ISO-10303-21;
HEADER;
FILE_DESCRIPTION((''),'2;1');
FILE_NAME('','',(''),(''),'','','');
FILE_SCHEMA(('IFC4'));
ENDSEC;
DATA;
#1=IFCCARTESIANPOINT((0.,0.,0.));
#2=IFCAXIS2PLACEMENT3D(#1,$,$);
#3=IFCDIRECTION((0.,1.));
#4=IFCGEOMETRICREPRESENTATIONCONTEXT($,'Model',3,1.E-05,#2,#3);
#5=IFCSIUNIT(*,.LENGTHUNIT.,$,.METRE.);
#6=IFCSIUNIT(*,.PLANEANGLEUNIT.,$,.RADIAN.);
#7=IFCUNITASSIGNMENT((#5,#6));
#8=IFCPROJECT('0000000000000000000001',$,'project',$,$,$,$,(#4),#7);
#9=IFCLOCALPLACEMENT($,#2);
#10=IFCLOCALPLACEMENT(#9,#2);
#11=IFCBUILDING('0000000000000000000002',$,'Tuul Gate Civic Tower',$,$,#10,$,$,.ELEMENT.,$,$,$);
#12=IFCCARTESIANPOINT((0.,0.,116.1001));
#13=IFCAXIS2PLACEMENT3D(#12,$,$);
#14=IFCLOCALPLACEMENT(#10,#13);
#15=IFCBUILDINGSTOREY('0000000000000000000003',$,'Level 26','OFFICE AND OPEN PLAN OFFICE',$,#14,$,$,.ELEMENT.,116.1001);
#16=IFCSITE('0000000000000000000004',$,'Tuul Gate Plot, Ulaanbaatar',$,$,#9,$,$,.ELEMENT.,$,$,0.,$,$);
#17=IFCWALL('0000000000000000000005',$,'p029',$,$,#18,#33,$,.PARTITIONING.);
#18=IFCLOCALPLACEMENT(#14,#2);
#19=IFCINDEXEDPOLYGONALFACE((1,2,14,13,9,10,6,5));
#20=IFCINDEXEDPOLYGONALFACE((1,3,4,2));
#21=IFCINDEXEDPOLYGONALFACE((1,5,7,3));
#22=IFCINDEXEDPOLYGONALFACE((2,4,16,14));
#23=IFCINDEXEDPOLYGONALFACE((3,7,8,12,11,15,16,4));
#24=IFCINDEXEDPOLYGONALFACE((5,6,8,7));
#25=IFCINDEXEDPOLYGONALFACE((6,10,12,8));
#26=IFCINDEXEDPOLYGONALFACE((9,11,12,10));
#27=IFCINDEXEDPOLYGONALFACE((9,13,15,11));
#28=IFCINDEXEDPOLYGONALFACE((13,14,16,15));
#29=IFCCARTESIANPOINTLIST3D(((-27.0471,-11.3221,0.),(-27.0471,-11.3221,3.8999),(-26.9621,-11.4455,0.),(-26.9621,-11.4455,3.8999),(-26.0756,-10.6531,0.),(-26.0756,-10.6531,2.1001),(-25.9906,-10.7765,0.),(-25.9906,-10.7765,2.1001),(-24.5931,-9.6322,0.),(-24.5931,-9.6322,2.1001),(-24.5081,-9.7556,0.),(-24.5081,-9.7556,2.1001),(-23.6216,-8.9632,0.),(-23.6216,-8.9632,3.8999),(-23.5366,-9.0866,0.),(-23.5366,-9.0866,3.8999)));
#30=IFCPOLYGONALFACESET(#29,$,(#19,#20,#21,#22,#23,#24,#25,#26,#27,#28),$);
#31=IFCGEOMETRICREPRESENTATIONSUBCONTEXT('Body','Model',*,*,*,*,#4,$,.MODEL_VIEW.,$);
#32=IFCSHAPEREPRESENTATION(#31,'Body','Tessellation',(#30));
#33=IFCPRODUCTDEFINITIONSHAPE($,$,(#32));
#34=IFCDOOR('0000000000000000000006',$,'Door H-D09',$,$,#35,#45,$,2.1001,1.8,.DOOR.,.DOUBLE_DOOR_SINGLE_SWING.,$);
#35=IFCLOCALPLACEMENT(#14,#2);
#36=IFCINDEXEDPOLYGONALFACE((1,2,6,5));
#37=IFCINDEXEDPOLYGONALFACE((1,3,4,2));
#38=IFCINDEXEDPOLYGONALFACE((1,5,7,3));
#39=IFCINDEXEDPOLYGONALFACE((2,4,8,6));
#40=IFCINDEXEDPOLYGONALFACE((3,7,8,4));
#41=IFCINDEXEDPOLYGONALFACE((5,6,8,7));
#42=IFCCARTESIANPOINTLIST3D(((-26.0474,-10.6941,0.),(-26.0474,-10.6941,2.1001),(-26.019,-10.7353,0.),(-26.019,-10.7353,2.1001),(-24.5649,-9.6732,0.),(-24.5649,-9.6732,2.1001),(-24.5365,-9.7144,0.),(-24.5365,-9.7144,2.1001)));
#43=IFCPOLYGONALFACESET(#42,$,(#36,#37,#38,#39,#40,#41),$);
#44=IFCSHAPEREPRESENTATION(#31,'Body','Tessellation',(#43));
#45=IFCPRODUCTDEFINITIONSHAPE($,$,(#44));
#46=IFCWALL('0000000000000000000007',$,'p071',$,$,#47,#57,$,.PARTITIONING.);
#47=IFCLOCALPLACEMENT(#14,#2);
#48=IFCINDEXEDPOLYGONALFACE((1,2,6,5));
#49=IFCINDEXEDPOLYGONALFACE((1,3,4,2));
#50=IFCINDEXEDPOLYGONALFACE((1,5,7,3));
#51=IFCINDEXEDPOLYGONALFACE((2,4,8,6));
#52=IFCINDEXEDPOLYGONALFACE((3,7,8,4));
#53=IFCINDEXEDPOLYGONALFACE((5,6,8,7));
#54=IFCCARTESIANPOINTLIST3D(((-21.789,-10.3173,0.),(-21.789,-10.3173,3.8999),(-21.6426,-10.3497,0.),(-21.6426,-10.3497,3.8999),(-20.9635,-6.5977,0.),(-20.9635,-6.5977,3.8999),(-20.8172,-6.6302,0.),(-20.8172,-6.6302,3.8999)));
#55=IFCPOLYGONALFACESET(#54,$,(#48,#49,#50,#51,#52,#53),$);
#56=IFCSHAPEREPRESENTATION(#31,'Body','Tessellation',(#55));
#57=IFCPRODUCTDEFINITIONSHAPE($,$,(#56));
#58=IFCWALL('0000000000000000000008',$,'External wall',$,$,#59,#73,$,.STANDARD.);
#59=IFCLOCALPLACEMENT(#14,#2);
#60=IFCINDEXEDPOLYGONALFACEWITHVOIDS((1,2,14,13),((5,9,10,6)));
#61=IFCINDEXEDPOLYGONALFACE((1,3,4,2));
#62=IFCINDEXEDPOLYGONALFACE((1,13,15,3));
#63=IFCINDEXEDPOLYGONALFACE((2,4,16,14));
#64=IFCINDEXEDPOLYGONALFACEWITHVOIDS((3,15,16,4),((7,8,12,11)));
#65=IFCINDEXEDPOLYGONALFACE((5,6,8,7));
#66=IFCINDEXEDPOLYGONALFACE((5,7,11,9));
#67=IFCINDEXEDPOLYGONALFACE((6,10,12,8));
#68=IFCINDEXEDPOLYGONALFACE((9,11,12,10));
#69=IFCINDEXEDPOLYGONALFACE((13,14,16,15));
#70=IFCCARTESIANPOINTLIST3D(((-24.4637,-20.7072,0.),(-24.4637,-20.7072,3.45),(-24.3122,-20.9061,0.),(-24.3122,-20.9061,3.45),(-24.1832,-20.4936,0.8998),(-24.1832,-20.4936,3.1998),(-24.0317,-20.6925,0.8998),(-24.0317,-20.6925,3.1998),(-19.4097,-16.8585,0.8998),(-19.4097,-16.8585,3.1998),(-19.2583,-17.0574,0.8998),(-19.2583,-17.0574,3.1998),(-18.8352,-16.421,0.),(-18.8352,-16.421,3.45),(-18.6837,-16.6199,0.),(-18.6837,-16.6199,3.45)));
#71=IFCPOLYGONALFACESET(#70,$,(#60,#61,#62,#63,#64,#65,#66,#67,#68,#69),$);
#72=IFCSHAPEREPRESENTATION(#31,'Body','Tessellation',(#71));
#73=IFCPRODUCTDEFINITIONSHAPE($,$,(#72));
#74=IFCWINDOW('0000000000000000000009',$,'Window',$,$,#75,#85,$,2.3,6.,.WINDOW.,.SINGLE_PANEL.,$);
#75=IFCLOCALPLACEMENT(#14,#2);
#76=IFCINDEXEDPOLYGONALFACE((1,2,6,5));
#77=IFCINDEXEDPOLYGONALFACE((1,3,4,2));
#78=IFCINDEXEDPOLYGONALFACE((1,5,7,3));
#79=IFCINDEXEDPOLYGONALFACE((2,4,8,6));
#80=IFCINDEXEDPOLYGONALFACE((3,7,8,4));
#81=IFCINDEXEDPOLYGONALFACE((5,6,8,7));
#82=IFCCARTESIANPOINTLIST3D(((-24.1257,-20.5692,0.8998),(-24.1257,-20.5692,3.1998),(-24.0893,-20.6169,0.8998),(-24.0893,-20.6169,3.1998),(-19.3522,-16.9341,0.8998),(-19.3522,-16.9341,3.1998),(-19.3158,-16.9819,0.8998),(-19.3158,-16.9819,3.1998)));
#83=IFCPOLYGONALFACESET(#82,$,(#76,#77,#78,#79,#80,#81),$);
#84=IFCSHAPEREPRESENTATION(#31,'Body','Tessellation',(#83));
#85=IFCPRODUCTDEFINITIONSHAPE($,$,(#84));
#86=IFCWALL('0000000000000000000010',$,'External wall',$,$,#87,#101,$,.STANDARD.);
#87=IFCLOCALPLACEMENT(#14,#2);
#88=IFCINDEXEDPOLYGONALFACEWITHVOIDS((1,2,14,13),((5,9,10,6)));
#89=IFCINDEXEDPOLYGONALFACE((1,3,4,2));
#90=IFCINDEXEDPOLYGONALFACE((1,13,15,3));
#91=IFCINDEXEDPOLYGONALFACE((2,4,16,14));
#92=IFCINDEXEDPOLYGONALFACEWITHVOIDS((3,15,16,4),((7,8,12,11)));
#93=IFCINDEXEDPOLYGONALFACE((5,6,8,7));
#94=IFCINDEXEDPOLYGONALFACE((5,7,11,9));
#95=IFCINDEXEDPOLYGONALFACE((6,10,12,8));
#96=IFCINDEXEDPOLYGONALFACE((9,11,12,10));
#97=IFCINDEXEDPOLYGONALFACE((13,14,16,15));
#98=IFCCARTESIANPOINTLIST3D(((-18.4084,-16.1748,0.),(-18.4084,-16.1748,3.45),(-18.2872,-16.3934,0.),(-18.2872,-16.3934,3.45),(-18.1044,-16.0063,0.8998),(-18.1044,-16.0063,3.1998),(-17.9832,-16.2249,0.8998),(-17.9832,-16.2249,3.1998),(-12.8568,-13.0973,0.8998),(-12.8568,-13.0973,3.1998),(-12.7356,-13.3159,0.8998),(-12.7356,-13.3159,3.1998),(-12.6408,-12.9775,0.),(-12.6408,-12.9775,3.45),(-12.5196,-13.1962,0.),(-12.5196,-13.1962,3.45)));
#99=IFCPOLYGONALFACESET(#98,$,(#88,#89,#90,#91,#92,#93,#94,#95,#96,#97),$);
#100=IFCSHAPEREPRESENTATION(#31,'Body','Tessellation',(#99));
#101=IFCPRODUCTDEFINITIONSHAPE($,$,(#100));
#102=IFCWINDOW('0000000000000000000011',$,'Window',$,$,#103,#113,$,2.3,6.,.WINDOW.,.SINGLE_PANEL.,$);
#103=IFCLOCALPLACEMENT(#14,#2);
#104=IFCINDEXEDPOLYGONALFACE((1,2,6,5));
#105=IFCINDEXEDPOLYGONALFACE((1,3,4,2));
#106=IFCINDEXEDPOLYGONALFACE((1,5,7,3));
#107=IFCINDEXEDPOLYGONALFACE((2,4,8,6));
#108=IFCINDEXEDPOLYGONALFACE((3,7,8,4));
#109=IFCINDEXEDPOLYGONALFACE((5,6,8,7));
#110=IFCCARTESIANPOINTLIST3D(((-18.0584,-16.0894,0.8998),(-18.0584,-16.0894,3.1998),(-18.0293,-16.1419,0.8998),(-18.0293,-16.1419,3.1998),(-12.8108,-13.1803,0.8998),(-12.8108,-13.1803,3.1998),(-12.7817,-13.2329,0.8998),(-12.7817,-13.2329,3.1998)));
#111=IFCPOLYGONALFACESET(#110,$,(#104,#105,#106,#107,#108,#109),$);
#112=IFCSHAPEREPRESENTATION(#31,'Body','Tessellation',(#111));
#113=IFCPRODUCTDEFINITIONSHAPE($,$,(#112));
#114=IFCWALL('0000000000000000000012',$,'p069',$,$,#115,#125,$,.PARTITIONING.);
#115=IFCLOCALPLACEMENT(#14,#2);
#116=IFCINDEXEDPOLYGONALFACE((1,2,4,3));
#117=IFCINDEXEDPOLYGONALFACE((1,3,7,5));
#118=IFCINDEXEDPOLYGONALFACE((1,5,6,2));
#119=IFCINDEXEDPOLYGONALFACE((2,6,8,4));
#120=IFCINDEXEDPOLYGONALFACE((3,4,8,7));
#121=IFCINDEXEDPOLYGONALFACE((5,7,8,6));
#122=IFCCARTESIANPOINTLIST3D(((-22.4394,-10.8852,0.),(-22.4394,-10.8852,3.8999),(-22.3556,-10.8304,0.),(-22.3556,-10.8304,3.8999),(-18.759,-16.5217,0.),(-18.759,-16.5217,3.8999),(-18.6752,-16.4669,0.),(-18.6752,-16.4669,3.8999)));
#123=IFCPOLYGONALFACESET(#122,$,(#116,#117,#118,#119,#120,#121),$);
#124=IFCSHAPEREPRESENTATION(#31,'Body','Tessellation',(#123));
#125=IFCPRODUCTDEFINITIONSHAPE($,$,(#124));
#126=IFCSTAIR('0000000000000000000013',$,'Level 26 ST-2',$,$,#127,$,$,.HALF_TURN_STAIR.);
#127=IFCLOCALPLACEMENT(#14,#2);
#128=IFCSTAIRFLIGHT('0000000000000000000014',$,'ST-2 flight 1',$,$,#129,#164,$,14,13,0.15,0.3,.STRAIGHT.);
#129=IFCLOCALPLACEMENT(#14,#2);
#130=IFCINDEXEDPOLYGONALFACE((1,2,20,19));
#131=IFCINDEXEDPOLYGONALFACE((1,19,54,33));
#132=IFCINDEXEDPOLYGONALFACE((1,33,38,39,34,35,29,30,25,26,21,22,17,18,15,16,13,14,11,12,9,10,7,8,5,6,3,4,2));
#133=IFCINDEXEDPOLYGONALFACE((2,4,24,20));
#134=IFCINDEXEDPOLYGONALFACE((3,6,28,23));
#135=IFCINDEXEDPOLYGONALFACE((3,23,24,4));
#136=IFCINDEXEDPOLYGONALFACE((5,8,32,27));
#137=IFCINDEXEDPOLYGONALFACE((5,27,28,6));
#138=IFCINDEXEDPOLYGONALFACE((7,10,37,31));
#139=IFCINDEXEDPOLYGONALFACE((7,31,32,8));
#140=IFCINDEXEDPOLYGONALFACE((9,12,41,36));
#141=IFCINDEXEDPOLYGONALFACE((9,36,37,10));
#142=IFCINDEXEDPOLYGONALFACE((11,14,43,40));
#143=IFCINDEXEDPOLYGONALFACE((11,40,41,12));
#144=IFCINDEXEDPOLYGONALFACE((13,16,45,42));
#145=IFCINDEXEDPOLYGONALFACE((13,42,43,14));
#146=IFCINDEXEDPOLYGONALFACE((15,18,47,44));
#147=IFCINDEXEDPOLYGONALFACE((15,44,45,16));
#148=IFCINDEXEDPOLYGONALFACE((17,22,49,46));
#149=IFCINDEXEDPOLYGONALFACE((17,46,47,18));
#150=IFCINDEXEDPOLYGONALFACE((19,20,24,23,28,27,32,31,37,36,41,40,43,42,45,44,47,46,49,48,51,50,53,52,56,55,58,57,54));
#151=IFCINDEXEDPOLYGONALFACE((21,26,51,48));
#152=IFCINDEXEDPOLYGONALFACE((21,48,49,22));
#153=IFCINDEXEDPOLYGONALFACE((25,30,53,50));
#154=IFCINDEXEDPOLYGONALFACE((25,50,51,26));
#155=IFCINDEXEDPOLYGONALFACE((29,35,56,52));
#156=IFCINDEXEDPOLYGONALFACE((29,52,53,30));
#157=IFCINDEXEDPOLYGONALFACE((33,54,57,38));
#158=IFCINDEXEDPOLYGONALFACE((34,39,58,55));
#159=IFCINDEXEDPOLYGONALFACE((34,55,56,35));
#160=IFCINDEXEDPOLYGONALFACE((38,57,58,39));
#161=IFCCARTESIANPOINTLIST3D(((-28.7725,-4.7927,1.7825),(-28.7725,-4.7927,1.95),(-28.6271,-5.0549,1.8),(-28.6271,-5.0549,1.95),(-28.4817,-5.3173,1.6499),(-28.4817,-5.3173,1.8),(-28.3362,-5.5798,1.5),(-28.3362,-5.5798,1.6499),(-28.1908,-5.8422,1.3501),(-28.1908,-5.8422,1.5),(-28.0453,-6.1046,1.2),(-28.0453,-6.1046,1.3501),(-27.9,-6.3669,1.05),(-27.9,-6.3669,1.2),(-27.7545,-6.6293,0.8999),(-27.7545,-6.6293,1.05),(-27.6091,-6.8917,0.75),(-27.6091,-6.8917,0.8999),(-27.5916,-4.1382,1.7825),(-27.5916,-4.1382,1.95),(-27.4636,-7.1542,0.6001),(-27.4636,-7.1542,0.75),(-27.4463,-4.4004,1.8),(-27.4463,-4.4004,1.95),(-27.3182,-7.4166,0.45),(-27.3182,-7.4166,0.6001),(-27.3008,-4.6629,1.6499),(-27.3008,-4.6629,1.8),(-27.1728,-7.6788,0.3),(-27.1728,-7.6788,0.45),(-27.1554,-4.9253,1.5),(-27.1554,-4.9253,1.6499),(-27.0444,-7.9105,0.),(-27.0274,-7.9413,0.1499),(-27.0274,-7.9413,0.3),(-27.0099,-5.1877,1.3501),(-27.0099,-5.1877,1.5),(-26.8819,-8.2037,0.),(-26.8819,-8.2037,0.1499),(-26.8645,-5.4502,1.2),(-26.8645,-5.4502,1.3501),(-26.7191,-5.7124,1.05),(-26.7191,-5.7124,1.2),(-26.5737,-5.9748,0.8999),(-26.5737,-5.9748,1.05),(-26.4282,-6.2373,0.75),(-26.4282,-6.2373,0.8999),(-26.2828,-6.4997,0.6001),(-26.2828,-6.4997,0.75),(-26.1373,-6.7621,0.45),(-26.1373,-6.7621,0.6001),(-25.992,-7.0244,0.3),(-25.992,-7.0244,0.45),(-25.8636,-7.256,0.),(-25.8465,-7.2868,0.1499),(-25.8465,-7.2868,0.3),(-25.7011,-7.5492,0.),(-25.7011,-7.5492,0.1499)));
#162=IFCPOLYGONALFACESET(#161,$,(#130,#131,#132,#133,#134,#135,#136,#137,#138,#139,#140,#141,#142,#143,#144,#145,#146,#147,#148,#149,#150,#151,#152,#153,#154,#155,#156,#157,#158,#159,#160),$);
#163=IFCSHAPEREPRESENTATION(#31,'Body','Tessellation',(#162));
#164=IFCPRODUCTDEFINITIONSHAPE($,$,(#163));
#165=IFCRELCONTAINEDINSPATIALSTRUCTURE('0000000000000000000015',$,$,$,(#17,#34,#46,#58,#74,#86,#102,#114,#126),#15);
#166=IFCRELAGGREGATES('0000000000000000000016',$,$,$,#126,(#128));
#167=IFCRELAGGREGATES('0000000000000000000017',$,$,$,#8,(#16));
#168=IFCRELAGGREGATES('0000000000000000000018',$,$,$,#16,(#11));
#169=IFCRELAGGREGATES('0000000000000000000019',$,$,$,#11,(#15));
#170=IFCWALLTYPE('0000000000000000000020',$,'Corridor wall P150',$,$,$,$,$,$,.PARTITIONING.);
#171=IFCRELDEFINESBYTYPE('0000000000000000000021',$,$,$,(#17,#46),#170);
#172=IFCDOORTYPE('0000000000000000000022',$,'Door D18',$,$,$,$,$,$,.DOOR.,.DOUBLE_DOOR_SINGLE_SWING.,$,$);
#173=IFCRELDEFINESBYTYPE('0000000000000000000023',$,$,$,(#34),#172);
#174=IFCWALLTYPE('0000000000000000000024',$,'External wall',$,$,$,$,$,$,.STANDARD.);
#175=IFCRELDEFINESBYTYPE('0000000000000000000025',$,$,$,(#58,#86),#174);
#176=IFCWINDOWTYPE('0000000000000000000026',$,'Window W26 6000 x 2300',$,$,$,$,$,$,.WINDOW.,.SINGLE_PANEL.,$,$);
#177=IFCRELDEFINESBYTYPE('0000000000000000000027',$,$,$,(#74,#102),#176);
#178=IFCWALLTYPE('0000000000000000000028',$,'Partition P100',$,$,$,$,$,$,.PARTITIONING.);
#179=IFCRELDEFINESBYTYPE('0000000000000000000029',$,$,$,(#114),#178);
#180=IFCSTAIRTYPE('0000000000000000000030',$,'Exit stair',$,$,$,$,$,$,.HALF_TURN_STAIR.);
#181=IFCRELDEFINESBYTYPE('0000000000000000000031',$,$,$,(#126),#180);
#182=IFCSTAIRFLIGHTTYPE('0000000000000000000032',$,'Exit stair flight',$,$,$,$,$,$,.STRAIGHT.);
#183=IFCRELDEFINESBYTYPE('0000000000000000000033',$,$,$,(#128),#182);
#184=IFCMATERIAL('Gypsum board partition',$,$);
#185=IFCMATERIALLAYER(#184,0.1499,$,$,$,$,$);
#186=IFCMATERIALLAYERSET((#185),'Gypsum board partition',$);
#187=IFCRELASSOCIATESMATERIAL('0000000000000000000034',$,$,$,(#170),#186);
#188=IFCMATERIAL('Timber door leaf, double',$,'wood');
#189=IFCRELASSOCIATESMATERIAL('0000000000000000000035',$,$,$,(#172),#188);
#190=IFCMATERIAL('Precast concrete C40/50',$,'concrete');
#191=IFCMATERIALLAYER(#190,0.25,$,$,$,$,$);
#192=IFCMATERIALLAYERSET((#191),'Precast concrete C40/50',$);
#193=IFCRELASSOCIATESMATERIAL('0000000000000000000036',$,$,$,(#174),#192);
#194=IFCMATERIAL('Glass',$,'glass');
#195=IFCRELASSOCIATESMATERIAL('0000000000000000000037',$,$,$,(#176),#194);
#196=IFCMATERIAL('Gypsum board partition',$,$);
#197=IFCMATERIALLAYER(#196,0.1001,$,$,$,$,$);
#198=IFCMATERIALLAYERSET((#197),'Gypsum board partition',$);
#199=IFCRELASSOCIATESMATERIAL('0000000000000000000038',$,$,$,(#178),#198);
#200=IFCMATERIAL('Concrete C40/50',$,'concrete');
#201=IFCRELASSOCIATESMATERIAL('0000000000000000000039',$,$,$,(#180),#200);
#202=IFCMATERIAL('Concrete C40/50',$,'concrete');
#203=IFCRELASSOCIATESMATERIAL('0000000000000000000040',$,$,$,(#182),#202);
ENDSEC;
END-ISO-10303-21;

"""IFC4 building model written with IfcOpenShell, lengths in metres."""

from ifc_helpers import new_model, si_unit, direction, frame, frame_2d, origin, place, context, subcontext, project, spatial, polyline, rectangle, outline, extrude, material, layer, layer_set, type_object, element, fill, aggregate, save


model = new_model("IFC4")

# Units and contexts
model_context = context("Model", 3, precision=1e-05, world=origin(), true_north=direction((0.0, 1.0)))
body_context = subcontext(model_context, "Body", "Model", "MODEL_VIEW")
ifc_project = project(units=[si_unit("LENGTHUNIT", "METRE"), si_unit("PLANEANGLEUNIT", "RADIAN")], contexts=[model_context])

# Site, building, storey
site_placement = place(None, origin())
site = spatial("IfcSite", under=ifc_project, at=site_placement, Name="Tuul Gate Plot, Ulaanbaatar", CompositionType="ELEMENT", RefElevation=0.0)
building_placement = place(site_placement, origin())
building = spatial("IfcBuilding", under=site, at=building_placement, Name="Tuul Gate Civic Tower", CompositionType="ELEMENT")
storey_placement = place(building_placement, frame((0.0, 0.0, 116.1001)))
storey = spatial("IfcBuildingStorey", under=building, at=storey_placement, Name="Level 26", Description="OFFICE AND OPEN PLAN OFFICE", CompositionType="ELEMENT", Elevation=116.1001)

# Shared definitions
ifc_material_1 = material(Name="Gypsum board partition")
ifc_layer_1 = layer(ifc_material_1, 0.1499)
ifc_layer_set_1 = layer_set([ifc_layer_1], Name="Gypsum board partition")
wall_type_1 = type_object("IfcWallType", Name="Corridor wall P150", PredefinedType="PARTITIONING", material=ifc_layer_set_1)

# Wall, opening, door
wall_1_placement = place(storey_placement, frame((-27.0046, -11.3838, 0.0), z_axis=(0.0, 0.0, 1.0), x_axis=(0.823612, 0.567154, 0.0)))
wall_1 = element("IfcWall", 1, at=wall_1_placement, inside=storey, type_object=wall_type_1, Name="p029", PredefinedType="PARTITIONING", context=body_context, shape_type="SweptSolid", body=[
    extrude(rectangle(XDim=4.1592, YDim=0.1499, at=frame_2d((2.0796, 0.0))), origin(), (0.0, 0.0, 1.0), 3.8999),
])
opening_1_placement = place(wall_1_placement, frame((1.1797, 0.0, 0.0)))
opening_1 = element("IfcOpeningElement", 2, at=opening_1_placement, cuts=wall_1, PredefinedType="OPENING", context=body_context, shape_type="SweptSolid", body=[
    extrude(rectangle(XDim=1.8, YDim=2.1001, at=frame_2d((0.8999, 1.05))), frame((0.0, 0.085, 0.0), z_axis=(0.0, -1.0, 0.0), x_axis=(1.0, 0.0, 0.0)), (0.0, 0.0, 1.0), 0.1699),
])
ifc_material_2 = material(Name="Timber door leaf, double", Category="wood")
door_type = type_object("IfcDoorType", Name="Door D18", OperationType="DOUBLE_DOOR_SINGLE_SWING", PredefinedType="DOOR", material=ifc_material_2)
door_placement = place(opening_1_placement, frame((1.8, 0.0, 0.0), z_axis=(0.0, 0.0, 1.0), x_axis=(-1.0, 0.0, 0.0)))
door = element("IfcDoor", 3, at=door_placement, inside=storey, type_object=door_type, Name="Door H-D09", OperationType="DOUBLE_DOOR_SINGLE_SWING", OverallHeight=2.1001, OverallWidth=1.8, PredefinedType="DOOR", context=body_context, shape_type="SweptSolid", body=[
    extrude(rectangle(XDim=1.8, YDim=2.1001, at=frame_2d((0.9001, 1.05))), frame((0.0, 0.0249, 0.0), z_axis=(0.0, -1.0, 0.0), x_axis=(1.0, 0.0, 0.0)), (0.0, 0.0, 1.0), 0.05),
])
fill(opening_1, door)

# Wall
wall_2_placement = place(storey_placement, frame((-21.7158, -10.3335, 0.0), z_axis=(0.0, 0.0, 1.0), x_axis=(0.216652, 0.976249, 0.0)))
element("IfcWall", 4, at=wall_2_placement, inside=storey, type_object=wall_type_1, Name="p071", PredefinedType="PARTITIONING", context=body_context, shape_type="SweptSolid", body=[
    extrude(rectangle(XDim=3.8101, YDim=0.1499, at=frame_2d((1.905, 0.0))), origin(), (0.0, 0.0, 1.0), 3.8999),
])

# Walls, openings, windows
ifc_material_3 = material(Name="Precast concrete C40/50", Category="concrete")
ifc_layer_2 = layer(ifc_material_3, 0.25)
ifc_layer_set_2 = layer_set([ifc_layer_2], Name="Precast concrete C40/50")
wall_type_2 = type_object("IfcWallType", Name="External wall", PredefinedType="STANDARD", material=ifc_layer_set_2)
wall_3_placement = place(storey_placement, frame((-24.3879, -20.8066, 0.0), z_axis=(0.0, 0.0, 1.0), x_axis=(0.795581, 0.605848, 0.0)))
wall_3 = element("IfcWall", 5, at=wall_3_placement, inside=storey, type_object=wall_type_2, Name="External wall", PredefinedType="STANDARD", context=body_context, shape_type="SweptSolid", body=[
    extrude(rectangle(XDim=7.0747, YDim=0.25, at=frame_2d((3.5374, 0.0))), origin(), (0.0, 0.0, 1.0), 3.45),
])
opening_2_placement = place(wall_3_placement, frame((0.3525, 0.0, 0.8999)))
opening_2 = element("IfcOpeningElement", 6, at=opening_2_placement, cuts=wall_3, PredefinedType="OPENING", context=body_context, shape_type="SweptSolid", body=[
    extrude(rectangle(XDim=6.0, YDim=2.3, at=frame_2d((3.0, 1.1499))), frame((0.0, 0.135, 0.0), z_axis=(0.0, -1.0, 0.0), x_axis=(1.0, 0.0, 0.0)), (0.0, 0.0, 1.0), 0.27),
])
ifc_material_4 = material(Name="Glass", Category="glass")
window_type = type_object("IfcWindowType", Name="Window W26 6000 x 2300", PartitioningType="SINGLE_PANEL", PredefinedType="WINDOW", material=ifc_material_4)
window_1_placement = place(opening_2_placement, origin())
window_1 = element("IfcWindow", 7, at=window_1_placement, inside=storey, type_object=window_type, Name="Window", OverallHeight=2.3, OverallWidth=6.0, PartitioningType="SINGLE_PANEL", PredefinedType="WINDOW", context=body_context, shape_type="SweptSolid", body=[
    extrude(rectangle(XDim=6.0, YDim=2.3, at=frame_2d((3.0, 1.1499))), frame((0.0, 0.03, 0.0), z_axis=(0.0, -1.0, 0.0), x_axis=(1.0, 0.0, 0.0)), (0.0, 0.0, 1.0), 0.0601),
])
fill(opening_2, window_1)
wall_4_placement = place(storey_placement, frame((-18.3479, -16.2842, 0.0), z_axis=(0.0, 0.0, 1.0), x_axis=(0.874604, 0.484838, 0.0)))
wall_4 = element("IfcWall", 8, at=wall_4_placement, inside=storey, type_object=wall_type_2, Name="External wall", PredefinedType="STANDARD", context=body_context, shape_type="SweptSolid", body=[
    extrude(rectangle(XDim=6.5945, YDim=0.25, at=frame_2d((3.2974, 0.0))), origin(), (0.0, 0.0, 1.0), 3.45),
])
opening_3_placement = place(wall_4_placement, frame((0.3477, 0.0, 0.8999)))
opening_3 = element("IfcOpeningElement", 9, at=opening_3_placement, cuts=wall_4, PredefinedType="OPENING", context=body_context, shape_type="SweptSolid", body=[
    extrude(rectangle(XDim=6.0, YDim=2.3, at=frame_2d((3.0, 1.1499))), frame((0.0, 0.135, 0.0), z_axis=(0.0, -1.0, 0.0), x_axis=(1.0, 0.0, 0.0)), (0.0, 0.0, 1.0), 0.27),
])
window_2_placement = place(opening_3_placement, origin())
window_2 = element("IfcWindow", 10, at=window_2_placement, inside=storey, type_object=window_type, Name="Window", OverallHeight=2.3, OverallWidth=6.0, PartitioningType="SINGLE_PANEL", PredefinedType="WINDOW", context=body_context, shape_type="SweptSolid", body=[
    extrude(rectangle(XDim=6.0, YDim=2.3, at=frame_2d((3.0, 1.1499))), frame((0.0, 0.03, 0.0), z_axis=(0.0, -1.0, 0.0), x_axis=(1.0, 0.0, 0.0)), (0.0, 0.0, 1.0), 0.0601),
])
fill(opening_3, window_2)

# Wall
ifc_material_5 = material(Name="Gypsum board partition")
ifc_layer_3 = layer(ifc_material_5, 0.1001)
ifc_layer_set_3 = layer_set([ifc_layer_3], Name="Gypsum board partition")
wall_type_3 = type_object("IfcWallType", Name="Partition P100", PredefinedType="PARTITIONING", material=ifc_layer_set_3)
wall_5_placement = place(storey_placement, frame((-22.3975, -10.8579, 0.0), z_axis=(0.0, 0.0, 1.0), x_axis=(0.546732, -0.837307, 0.0)))
element("IfcWall", 11, at=wall_5_placement, inside=storey, type_object=wall_type_3, Name="p069", PredefinedType="PARTITIONING", context=body_context, shape_type="SweptSolid", body=[
    extrude(rectangle(XDim=6.7317, YDim=0.1001, at=frame_2d((3.3657, 0.0))), origin(), (0.0, 0.0, 1.0), 3.8999),
])

# Stair, stair flight
ifc_material_6 = material(Name="Concrete C40/50", Category="concrete")
stair_type = type_object("IfcStairType", Name="Exit stair", PredefinedType="HALF_TURN_STAIR", material=ifc_material_6)
stair_placement = place(storey_placement, origin())
stair = element("IfcStair", 12, at=stair_placement, inside=storey, type_object=stair_type, Name="Level 26 ST-2", PredefinedType="HALF_TURN_STAIR")
ifc_material_7 = material(Name="Concrete C40/50", Category="concrete")
stair_flight_type = type_object("IfcStairFlightType", Name="Exit stair flight", PredefinedType="STRAIGHT", material=ifc_material_7)
stair_flight_placement = place(storey_placement, frame((-26.2915, -7.8765, 0.0), z_axis=(0.0, 0.0, 1.0), x_axis=(-0.484762, 0.874646, 0.0)))
stair_flight = element("IfcStairFlight", 13, at=stair_flight_placement, type_object=stair_flight_type, Name="ST-2 flight 1", NumberOfRisers=14, NumberOfTreads=13, PredefinedType="STRAIGHT", RiserHeight=0.15, TreadLength=0.3, context=body_context, shape_type="SweptSolid", body=[
    extrude(outline(polyline([(0.0, 0.0), (0.0, 0.1499), (0.3, 0.1499), (0.3, 0.3), (0.6001, 0.3), (0.6001, 0.45), (0.8999, 0.45), (0.8999, 0.6001), (1.2, 0.6001), (1.2, 0.75), (1.5, 0.75), (1.5, 0.8999), (1.8, 0.8999), (1.8, 1.05), (2.1001, 1.05), (2.1001, 1.2), (2.3999, 1.2), (2.3999, 1.3501), (2.7, 1.3501), (2.7, 1.5), (3.0, 1.5), (3.0, 1.6499), (3.3, 1.6499), (3.3, 1.8), (3.6001, 1.8), (3.6001, 1.95), (3.8999, 1.95), (3.8999, 2.1001), (3.8999, 1.7825), (0.3352, 0.0), (0.0, 0.0)])), frame((0.0, 0.675, 0.0), z_axis=(0.0, -1.0, 0.0), x_axis=(1.0, 0.0, 0.0)), (0.0, 0.0, 1.0), 1.3501),
])
aggregate(stair, [stair_flight])

save(model, "model.ifc")
